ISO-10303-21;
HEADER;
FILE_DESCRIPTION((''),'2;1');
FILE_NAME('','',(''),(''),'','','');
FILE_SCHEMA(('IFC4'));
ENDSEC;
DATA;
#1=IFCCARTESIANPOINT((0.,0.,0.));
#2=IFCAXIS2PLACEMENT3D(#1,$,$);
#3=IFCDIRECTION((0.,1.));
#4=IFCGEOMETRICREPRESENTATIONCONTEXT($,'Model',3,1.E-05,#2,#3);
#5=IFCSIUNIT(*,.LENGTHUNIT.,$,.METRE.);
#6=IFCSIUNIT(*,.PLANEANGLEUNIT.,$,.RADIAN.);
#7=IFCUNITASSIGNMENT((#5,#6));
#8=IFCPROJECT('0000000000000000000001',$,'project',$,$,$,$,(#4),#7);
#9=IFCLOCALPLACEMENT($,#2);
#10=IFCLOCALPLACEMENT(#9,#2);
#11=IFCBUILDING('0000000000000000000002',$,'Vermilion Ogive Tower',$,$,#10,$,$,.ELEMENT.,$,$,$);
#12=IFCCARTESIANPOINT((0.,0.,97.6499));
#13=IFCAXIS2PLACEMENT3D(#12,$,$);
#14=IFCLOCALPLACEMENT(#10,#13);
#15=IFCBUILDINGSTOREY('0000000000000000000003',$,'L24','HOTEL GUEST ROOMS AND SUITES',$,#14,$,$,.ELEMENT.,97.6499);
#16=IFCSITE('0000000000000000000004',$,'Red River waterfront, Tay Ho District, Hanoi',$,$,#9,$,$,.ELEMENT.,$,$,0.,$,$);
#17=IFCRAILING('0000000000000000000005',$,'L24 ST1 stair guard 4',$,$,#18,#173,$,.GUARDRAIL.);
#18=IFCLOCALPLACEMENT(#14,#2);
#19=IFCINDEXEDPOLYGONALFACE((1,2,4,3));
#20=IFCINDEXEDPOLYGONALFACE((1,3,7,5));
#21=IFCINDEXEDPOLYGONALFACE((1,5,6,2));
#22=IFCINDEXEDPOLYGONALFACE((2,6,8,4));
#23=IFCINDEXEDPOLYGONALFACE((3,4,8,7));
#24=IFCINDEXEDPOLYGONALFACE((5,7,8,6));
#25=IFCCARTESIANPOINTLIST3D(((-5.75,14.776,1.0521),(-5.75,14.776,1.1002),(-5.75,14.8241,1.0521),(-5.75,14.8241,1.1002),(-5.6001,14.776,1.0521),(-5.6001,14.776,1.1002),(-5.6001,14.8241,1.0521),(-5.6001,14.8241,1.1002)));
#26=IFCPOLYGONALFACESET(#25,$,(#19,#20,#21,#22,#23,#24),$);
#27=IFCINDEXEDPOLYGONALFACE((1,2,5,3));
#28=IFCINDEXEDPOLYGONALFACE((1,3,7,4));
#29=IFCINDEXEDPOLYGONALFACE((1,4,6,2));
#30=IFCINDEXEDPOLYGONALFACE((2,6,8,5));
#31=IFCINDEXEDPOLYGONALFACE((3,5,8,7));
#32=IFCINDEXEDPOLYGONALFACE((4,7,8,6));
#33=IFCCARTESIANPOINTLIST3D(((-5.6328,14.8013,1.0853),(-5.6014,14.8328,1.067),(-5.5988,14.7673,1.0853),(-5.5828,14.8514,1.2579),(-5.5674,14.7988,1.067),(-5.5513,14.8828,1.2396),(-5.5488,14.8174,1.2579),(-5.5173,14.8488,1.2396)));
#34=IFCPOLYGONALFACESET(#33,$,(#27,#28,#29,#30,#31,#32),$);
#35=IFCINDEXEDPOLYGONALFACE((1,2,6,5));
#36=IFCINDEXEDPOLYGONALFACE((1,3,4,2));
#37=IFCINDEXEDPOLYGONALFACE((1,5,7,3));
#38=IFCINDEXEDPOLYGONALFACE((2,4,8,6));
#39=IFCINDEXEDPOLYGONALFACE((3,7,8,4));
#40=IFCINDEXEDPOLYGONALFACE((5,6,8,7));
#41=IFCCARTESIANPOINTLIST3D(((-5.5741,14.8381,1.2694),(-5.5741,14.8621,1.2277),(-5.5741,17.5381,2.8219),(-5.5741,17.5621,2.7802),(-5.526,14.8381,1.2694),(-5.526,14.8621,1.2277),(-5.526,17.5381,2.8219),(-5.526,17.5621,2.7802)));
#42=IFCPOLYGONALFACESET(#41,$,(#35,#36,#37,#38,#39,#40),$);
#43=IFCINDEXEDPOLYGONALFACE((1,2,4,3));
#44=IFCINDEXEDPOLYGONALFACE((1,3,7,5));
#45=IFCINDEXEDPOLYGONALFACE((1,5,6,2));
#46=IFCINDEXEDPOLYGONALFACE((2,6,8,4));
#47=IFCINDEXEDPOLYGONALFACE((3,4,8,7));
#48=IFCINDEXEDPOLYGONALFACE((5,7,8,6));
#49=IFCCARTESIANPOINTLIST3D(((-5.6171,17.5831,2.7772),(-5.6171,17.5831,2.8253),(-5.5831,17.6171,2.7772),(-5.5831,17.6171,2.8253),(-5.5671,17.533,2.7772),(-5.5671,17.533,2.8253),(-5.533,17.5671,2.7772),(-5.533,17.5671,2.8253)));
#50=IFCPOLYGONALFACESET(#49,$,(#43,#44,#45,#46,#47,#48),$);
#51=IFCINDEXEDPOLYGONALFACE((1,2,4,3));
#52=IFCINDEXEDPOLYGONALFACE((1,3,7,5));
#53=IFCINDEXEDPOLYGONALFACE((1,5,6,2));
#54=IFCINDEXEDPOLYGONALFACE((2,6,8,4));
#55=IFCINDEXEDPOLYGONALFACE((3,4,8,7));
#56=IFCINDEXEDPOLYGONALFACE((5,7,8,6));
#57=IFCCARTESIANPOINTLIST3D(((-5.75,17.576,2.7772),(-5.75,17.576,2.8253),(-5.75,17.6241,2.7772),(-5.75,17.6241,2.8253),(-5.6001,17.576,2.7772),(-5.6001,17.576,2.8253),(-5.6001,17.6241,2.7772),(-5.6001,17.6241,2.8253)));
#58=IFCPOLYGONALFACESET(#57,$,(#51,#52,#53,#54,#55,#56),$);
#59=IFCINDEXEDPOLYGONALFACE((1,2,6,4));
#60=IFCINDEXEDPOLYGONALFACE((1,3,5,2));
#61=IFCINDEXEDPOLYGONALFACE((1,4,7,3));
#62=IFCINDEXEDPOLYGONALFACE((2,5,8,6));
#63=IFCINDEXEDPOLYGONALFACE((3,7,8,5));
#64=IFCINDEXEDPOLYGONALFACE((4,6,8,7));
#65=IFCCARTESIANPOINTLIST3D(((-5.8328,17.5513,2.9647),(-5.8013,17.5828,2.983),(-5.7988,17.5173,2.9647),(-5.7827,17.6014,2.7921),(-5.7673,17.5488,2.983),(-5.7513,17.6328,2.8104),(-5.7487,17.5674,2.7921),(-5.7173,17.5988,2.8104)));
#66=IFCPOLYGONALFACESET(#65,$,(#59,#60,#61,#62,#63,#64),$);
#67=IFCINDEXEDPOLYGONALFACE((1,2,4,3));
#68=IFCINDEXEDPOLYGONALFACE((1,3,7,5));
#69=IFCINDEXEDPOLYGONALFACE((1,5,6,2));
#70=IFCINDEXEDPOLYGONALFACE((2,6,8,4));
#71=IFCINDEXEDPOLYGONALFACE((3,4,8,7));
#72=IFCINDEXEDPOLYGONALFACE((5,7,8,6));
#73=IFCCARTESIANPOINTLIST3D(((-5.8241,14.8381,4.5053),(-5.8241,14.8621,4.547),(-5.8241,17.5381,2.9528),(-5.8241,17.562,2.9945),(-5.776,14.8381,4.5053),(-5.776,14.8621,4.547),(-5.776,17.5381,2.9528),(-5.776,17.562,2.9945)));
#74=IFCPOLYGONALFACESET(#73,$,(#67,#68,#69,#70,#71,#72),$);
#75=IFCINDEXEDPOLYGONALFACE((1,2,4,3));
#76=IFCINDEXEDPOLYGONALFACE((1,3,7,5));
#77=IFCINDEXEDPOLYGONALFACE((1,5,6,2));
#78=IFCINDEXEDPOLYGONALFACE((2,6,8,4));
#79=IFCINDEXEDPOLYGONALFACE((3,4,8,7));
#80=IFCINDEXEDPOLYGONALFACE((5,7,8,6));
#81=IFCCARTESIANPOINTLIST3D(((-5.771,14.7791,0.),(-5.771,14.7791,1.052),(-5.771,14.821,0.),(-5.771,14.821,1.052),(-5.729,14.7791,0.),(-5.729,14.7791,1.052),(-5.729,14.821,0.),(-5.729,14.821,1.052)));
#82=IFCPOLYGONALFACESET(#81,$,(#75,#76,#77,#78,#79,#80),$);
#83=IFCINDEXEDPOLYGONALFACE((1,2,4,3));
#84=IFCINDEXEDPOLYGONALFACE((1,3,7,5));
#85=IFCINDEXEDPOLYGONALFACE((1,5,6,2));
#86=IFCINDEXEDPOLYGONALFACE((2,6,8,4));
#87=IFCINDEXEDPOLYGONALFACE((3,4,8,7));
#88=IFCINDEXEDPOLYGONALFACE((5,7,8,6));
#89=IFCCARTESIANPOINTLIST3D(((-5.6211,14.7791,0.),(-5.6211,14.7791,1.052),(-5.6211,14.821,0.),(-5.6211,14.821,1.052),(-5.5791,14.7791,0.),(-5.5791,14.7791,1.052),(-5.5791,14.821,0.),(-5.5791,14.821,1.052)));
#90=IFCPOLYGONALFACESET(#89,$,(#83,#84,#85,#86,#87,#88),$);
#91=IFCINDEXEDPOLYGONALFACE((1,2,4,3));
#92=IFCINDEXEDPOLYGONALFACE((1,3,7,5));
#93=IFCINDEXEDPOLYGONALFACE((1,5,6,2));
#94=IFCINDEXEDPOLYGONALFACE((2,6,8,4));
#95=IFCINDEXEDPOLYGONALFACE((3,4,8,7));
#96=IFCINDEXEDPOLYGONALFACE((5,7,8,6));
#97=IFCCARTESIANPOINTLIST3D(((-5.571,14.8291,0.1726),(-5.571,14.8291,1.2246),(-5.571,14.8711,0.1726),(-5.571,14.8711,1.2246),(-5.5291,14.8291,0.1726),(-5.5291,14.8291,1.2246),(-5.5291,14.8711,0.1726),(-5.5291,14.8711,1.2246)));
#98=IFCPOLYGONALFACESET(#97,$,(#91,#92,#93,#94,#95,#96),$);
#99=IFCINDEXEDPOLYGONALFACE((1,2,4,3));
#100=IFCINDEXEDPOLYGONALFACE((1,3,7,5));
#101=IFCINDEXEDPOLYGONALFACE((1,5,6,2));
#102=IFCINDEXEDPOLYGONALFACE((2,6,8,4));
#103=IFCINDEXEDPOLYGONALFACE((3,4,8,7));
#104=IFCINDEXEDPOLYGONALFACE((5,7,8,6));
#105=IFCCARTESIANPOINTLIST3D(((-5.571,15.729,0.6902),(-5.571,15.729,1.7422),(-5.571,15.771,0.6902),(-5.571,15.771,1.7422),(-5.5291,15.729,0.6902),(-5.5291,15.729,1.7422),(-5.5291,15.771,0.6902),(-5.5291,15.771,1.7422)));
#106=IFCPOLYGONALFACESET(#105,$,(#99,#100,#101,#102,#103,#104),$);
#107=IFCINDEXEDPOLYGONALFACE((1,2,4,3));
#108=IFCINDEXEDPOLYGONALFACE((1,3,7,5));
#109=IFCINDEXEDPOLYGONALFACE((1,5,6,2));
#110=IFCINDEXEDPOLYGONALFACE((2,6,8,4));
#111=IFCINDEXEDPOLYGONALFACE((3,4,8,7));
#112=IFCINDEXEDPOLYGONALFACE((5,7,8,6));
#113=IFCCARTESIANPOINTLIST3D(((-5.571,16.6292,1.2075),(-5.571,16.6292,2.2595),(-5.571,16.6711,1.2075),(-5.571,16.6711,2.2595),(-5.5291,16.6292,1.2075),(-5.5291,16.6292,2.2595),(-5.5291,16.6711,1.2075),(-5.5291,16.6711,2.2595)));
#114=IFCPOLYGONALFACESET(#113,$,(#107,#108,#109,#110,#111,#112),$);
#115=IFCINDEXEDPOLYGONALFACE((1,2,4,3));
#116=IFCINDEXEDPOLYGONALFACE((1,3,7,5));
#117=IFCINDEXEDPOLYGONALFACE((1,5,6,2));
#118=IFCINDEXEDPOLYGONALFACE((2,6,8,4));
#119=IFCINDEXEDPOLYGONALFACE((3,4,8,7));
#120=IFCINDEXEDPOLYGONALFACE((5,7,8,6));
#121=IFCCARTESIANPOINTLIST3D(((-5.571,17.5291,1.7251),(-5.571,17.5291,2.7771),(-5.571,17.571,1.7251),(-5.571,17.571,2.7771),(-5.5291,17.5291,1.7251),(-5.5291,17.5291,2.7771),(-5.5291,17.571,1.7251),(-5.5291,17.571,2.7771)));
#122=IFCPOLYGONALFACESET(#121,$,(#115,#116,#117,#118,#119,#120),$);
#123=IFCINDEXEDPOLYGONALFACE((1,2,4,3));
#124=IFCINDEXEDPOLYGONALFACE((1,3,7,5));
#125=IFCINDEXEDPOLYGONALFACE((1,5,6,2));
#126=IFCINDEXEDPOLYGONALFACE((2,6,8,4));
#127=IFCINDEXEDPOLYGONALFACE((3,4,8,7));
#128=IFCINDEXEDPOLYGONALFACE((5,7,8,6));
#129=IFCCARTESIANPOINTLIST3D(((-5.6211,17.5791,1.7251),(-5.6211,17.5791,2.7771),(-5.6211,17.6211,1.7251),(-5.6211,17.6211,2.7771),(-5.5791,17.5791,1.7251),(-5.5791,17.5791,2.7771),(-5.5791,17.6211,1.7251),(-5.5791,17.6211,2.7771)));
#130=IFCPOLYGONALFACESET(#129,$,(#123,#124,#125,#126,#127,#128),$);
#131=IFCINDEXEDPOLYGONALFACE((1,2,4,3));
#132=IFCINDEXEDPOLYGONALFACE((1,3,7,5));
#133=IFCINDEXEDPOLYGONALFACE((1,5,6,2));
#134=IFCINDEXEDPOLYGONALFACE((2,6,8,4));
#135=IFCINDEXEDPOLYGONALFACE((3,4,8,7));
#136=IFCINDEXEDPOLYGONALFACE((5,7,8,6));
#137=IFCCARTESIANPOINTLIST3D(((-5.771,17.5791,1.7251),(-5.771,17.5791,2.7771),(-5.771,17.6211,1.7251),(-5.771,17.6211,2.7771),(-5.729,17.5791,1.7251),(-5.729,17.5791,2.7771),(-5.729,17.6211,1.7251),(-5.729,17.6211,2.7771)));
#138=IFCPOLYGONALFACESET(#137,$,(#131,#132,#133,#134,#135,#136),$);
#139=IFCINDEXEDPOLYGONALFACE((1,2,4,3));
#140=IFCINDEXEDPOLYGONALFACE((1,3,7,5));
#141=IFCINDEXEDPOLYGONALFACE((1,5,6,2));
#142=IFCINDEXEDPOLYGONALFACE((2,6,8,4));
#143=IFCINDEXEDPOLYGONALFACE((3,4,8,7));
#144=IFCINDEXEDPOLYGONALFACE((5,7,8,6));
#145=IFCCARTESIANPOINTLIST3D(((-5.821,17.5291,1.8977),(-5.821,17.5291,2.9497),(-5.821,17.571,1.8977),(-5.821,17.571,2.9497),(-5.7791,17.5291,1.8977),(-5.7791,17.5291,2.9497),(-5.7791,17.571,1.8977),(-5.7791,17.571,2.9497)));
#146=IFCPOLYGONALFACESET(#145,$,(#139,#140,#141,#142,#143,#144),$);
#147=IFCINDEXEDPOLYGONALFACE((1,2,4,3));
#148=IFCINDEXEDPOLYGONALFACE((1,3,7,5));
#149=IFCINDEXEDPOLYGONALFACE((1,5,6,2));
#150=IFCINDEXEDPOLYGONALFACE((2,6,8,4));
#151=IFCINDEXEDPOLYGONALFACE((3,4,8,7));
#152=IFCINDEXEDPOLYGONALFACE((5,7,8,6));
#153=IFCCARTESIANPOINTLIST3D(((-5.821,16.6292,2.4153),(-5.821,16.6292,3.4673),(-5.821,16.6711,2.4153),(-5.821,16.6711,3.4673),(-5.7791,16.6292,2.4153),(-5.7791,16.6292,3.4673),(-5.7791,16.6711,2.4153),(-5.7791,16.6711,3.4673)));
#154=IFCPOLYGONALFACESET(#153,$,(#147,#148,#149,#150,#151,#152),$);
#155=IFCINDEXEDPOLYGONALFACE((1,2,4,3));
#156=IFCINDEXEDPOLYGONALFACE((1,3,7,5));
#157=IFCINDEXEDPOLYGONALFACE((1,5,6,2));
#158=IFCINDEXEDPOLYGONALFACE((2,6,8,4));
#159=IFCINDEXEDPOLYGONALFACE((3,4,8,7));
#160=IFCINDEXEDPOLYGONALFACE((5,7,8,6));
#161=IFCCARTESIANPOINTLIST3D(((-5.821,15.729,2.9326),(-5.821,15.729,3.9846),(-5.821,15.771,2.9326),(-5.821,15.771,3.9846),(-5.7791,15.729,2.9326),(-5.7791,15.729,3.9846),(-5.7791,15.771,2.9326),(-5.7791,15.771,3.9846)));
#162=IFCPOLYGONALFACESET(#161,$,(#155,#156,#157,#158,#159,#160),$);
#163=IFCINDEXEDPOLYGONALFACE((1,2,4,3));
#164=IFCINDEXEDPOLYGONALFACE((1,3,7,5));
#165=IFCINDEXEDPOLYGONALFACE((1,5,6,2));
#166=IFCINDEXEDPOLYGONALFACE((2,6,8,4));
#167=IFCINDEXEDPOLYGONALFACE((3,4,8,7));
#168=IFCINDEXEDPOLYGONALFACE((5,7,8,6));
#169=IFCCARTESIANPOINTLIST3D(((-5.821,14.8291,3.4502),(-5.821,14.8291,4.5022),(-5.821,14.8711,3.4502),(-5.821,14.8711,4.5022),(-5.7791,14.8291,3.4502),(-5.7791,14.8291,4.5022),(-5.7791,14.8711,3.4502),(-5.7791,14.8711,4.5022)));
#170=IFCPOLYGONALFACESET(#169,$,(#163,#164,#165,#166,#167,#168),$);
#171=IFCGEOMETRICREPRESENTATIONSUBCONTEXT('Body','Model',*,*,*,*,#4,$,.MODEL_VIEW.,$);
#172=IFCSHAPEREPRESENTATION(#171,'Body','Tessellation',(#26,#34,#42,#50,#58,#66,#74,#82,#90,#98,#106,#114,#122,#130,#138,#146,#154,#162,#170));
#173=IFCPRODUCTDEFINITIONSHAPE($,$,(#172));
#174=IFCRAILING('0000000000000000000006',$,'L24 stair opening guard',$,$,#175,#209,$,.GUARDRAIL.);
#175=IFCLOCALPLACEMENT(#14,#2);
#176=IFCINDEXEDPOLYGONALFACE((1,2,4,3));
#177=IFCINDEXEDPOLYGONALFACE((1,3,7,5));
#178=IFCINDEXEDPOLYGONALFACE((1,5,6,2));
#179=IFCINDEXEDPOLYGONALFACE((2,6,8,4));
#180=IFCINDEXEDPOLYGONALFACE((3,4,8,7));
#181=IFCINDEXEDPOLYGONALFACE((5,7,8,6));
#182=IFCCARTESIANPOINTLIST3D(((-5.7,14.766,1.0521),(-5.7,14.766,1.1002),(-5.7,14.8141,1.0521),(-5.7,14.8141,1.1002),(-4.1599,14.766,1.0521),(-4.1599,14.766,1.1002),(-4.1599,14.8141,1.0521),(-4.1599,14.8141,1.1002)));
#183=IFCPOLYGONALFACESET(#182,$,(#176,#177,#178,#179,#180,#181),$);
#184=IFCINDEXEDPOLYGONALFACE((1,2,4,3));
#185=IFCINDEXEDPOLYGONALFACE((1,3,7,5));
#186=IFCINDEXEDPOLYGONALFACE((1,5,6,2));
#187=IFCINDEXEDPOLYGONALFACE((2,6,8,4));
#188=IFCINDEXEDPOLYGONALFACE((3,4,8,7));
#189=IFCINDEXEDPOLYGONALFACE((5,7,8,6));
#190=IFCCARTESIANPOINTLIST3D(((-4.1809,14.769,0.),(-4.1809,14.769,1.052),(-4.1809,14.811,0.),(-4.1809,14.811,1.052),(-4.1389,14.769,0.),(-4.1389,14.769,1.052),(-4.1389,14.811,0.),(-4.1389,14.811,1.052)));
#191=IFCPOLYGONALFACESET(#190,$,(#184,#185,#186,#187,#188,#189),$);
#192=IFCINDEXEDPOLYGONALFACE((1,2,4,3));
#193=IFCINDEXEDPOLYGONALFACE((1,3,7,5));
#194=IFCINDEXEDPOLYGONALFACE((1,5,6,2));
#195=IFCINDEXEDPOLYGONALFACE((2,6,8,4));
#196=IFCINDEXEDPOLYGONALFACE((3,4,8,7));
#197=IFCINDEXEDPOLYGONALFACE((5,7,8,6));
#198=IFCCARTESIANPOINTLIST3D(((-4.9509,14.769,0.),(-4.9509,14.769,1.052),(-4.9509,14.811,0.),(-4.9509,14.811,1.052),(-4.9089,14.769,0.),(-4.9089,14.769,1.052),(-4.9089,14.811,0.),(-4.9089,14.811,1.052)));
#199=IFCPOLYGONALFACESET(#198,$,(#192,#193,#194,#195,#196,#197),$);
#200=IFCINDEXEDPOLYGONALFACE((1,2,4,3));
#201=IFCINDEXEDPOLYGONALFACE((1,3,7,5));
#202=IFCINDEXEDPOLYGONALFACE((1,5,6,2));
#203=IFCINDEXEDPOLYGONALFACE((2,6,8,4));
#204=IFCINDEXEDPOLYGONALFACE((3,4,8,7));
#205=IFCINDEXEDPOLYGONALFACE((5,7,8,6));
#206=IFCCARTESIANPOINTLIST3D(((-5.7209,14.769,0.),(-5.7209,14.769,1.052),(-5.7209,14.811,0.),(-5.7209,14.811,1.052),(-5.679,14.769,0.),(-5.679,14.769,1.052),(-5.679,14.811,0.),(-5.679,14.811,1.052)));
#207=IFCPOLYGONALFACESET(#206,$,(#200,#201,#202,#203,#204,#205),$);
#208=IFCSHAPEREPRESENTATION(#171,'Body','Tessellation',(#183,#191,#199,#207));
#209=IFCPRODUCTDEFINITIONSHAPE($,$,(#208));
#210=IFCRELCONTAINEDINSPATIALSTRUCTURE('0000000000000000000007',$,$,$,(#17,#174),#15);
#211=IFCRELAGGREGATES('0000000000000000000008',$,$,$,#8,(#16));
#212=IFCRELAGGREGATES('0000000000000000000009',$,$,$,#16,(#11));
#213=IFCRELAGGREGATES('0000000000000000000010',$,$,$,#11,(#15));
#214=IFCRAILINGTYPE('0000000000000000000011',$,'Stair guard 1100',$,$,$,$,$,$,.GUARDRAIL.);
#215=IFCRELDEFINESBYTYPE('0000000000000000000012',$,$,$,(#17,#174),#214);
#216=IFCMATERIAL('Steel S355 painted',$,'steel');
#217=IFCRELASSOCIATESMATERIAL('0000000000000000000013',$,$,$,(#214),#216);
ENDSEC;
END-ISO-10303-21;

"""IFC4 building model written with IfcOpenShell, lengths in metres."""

from ifc_helpers import new_model, si_unit, direction, frame, origin, origin_2d, place, context, subcontext, project, spatial, rectangle, extrude, material, type_object, element, save


model = new_model("IFC4")

# Units and contexts
model_context = context("Model", 3, precision=1e-05, world=origin(), true_north=direction((0.0, 1.0)))
body_context = subcontext(model_context, "Body", "Model", "MODEL_VIEW")
ifc_project = project(units=[si_unit("LENGTHUNIT", "METRE"), si_unit("PLANEANGLEUNIT", "RADIAN")], contexts=[model_context])

# Site, building, storey
site_placement = place(None, origin())
site = spatial("IfcSite", under=ifc_project, at=site_placement, Name="Red River waterfront, Tay Ho District, Hanoi", CompositionType="ELEMENT", RefElevation=0.0)
building_placement = place(site_placement, origin())
building = spatial("IfcBuilding", under=site, at=building_placement, Name="Vermilion Ogive Tower", CompositionType="ELEMENT")
storey_placement = place(building_placement, frame((0.0, 0.0, 97.6499)))
storey = spatial("IfcBuildingStorey", under=building, at=storey_placement, Name="L24", Description="HOTEL GUEST ROOMS AND SUITES", CompositionType="ELEMENT", Elevation=97.6499)

# Railings
ifc_material_1 = material(Name="Steel S355 painted", Category="steel")
railing_type_1 = type_object("IfcRailingType", Name="Stair guard 1100", PredefinedType="GUARDRAIL", material=ifc_material_1)
railing_1_placement = place(storey_placement, frame((-5.75, 14.8, 0.0)))
element("IfcRailing", 1, at=railing_1_placement, inside=storey, type_object=railing_type_1, Name="L24 ST1 stair guard 4", PredefinedType="GUARDRAIL", context=body_context, shape_type="SweptSolid", body=[
    extrude(rectangle(XDim=0.0481, YDim=0.0481, at=origin_2d()), frame((0.0, 0.0, 1.0762), z_axis=(1.0, 0.0, 0.0), x_axis=(0.0, 1.0, 0.0)), (0.0, 0.0, 1.0), 0.1499),
    extrude(rectangle(XDim=0.0481, YDim=0.0481, at=origin_2d()), frame((0.1499, 0.0, 1.0762), z_axis=(0.268278, 0.268278, 0.925232), x_axis=(-0.707107, 0.707107, 0.0)), (0.0, 0.0, 1.0), 0.1865),
    extrude(rectangle(XDim=0.0481, YDim=0.0481, at=origin_2d()), frame((0.2, 0.05, 1.2485), z_axis=(0.0, 0.866904, 0.498476), x_axis=(-1.0, 0.0, 0.0)), (0.0, 0.0, 1.0), 3.1145),
    extrude(rectangle(XDim=0.0481, YDim=0.0481, at=origin_2d()), frame((0.2, 2.75, 2.8013), z_axis=(-0.707107, 0.707107, 0.0), x_axis=(-0.707107, -0.707107, 0.0)), (0.0, 0.0, 1.0), 0.0708),
    extrude(rectangle(XDim=0.0481, YDim=0.0481, at=origin_2d()), frame((0.1499, 2.8, 2.8013), z_axis=(-1.0, 0.0, 0.0), x_axis=(0.0, -1.0, 0.0)), (0.0, 0.0, 1.0), 0.1499),
    extrude(rectangle(XDim=0.0481, YDim=0.0481, at=origin_2d()), frame((0.0, 2.8, 2.8013), z_axis=(-0.268278, -0.268278, 0.925232), x_axis=(0.707107, -0.707107, 0.0)), (0.0, 0.0, 1.0), 0.1865),
    extrude(rectangle(XDim=0.0481, YDim=0.0481, at=origin_2d()), frame((-0.05, 2.75, 2.9736), z_axis=(0.0, -0.866904, 0.498476), x_axis=(1.0, 0.0, 0.0)), (0.0, 0.0, 1.0), 3.1145),
    extrude(rectangle(XDim=0.042, YDim=0.042, at=origin_2d()), origin(), (0.0, 0.0, 1.0), 1.052),
    extrude(rectangle(XDim=0.042, YDim=0.042, at=origin_2d()), frame((0.1499, 0.0, 0.0)), (0.0, 0.0, 1.0), 1.052),
    extrude(rectangle(XDim=0.042, YDim=0.042, at=origin_2d()), frame((0.2, 0.05, 0.1726)), (0.0, 0.0, 1.0), 1.052),
    extrude(rectangle(XDim=0.042, YDim=0.042, at=origin_2d()), frame((0.2, 0.95, 0.6902)), (0.0, 0.0, 1.0), 1.052),
    extrude(rectangle(XDim=0.042, YDim=0.042, at=origin_2d()), frame((0.2, 1.8501, 1.2075)), (0.0, 0.0, 1.0), 1.052),
    extrude(rectangle(XDim=0.042, YDim=0.042, at=origin_2d()), frame((0.2, 2.75, 1.7251)), (0.0, 0.0, 1.0), 1.052),
    extrude(rectangle(XDim=0.042, YDim=0.042, at=origin_2d()), frame((0.1499, 2.8, 1.7251)), (0.0, 0.0, 1.0), 1.052),
    extrude(rectangle(XDim=0.042, YDim=0.042, at=origin_2d()), frame((0.0, 2.8, 1.7251)), (0.0, 0.0, 1.0), 1.052),
    extrude(rectangle(XDim=0.042, YDim=0.042, at=origin_2d()), frame((-0.05, 2.75, 1.8977)), (0.0, 0.0, 1.0), 1.052),
    extrude(rectangle(XDim=0.042, YDim=0.042, at=origin_2d()), frame((-0.05, 1.8501, 2.4153)), (0.0, 0.0, 1.0), 1.052),
    extrude(rectangle(XDim=0.042, YDim=0.042, at=origin_2d()), frame((-0.05, 0.95, 2.9326)), (0.0, 0.0, 1.0), 1.052),
    extrude(rectangle(XDim=0.042, YDim=0.042, at=origin_2d()), frame((-0.05, 0.05, 3.4502)), (0.0, 0.0, 1.0), 1.052),
])
railing_2_placement = place(storey_placement, frame((-4.1599, 14.79, 0.0)))
element("IfcRailing", 2, at=railing_2_placement, inside=storey, type_object=railing_type_1, Name="L24 stair opening guard", PredefinedType="GUARDRAIL", context=body_context, shape_type="SweptSolid", body=[
    extrude(rectangle(XDim=0.0481, YDim=0.0481, at=origin_2d()), frame((0.0, 0.0, 1.0762), z_axis=(-1.0, 0.0, 0.0), x_axis=(0.0, -1.0, 0.0)), (0.0, 0.0, 1.0), 1.54),
    extrude(rectangle(XDim=0.042, YDim=0.042, at=origin_2d()), origin(), (0.0, 0.0, 1.0), 1.052),
    extrude(rectangle(XDim=0.042, YDim=0.042, at=origin_2d()), frame((-0.77, 0.0, 0.0)), (0.0, 0.0, 1.0), 1.052),
    extrude(rectangle(XDim=0.042, YDim=0.042, at=origin_2d()), frame((-1.54, 0.0, 0.0)), (0.0, 0.0, 1.0), 1.052),
])

save(model, "model.ifc")
